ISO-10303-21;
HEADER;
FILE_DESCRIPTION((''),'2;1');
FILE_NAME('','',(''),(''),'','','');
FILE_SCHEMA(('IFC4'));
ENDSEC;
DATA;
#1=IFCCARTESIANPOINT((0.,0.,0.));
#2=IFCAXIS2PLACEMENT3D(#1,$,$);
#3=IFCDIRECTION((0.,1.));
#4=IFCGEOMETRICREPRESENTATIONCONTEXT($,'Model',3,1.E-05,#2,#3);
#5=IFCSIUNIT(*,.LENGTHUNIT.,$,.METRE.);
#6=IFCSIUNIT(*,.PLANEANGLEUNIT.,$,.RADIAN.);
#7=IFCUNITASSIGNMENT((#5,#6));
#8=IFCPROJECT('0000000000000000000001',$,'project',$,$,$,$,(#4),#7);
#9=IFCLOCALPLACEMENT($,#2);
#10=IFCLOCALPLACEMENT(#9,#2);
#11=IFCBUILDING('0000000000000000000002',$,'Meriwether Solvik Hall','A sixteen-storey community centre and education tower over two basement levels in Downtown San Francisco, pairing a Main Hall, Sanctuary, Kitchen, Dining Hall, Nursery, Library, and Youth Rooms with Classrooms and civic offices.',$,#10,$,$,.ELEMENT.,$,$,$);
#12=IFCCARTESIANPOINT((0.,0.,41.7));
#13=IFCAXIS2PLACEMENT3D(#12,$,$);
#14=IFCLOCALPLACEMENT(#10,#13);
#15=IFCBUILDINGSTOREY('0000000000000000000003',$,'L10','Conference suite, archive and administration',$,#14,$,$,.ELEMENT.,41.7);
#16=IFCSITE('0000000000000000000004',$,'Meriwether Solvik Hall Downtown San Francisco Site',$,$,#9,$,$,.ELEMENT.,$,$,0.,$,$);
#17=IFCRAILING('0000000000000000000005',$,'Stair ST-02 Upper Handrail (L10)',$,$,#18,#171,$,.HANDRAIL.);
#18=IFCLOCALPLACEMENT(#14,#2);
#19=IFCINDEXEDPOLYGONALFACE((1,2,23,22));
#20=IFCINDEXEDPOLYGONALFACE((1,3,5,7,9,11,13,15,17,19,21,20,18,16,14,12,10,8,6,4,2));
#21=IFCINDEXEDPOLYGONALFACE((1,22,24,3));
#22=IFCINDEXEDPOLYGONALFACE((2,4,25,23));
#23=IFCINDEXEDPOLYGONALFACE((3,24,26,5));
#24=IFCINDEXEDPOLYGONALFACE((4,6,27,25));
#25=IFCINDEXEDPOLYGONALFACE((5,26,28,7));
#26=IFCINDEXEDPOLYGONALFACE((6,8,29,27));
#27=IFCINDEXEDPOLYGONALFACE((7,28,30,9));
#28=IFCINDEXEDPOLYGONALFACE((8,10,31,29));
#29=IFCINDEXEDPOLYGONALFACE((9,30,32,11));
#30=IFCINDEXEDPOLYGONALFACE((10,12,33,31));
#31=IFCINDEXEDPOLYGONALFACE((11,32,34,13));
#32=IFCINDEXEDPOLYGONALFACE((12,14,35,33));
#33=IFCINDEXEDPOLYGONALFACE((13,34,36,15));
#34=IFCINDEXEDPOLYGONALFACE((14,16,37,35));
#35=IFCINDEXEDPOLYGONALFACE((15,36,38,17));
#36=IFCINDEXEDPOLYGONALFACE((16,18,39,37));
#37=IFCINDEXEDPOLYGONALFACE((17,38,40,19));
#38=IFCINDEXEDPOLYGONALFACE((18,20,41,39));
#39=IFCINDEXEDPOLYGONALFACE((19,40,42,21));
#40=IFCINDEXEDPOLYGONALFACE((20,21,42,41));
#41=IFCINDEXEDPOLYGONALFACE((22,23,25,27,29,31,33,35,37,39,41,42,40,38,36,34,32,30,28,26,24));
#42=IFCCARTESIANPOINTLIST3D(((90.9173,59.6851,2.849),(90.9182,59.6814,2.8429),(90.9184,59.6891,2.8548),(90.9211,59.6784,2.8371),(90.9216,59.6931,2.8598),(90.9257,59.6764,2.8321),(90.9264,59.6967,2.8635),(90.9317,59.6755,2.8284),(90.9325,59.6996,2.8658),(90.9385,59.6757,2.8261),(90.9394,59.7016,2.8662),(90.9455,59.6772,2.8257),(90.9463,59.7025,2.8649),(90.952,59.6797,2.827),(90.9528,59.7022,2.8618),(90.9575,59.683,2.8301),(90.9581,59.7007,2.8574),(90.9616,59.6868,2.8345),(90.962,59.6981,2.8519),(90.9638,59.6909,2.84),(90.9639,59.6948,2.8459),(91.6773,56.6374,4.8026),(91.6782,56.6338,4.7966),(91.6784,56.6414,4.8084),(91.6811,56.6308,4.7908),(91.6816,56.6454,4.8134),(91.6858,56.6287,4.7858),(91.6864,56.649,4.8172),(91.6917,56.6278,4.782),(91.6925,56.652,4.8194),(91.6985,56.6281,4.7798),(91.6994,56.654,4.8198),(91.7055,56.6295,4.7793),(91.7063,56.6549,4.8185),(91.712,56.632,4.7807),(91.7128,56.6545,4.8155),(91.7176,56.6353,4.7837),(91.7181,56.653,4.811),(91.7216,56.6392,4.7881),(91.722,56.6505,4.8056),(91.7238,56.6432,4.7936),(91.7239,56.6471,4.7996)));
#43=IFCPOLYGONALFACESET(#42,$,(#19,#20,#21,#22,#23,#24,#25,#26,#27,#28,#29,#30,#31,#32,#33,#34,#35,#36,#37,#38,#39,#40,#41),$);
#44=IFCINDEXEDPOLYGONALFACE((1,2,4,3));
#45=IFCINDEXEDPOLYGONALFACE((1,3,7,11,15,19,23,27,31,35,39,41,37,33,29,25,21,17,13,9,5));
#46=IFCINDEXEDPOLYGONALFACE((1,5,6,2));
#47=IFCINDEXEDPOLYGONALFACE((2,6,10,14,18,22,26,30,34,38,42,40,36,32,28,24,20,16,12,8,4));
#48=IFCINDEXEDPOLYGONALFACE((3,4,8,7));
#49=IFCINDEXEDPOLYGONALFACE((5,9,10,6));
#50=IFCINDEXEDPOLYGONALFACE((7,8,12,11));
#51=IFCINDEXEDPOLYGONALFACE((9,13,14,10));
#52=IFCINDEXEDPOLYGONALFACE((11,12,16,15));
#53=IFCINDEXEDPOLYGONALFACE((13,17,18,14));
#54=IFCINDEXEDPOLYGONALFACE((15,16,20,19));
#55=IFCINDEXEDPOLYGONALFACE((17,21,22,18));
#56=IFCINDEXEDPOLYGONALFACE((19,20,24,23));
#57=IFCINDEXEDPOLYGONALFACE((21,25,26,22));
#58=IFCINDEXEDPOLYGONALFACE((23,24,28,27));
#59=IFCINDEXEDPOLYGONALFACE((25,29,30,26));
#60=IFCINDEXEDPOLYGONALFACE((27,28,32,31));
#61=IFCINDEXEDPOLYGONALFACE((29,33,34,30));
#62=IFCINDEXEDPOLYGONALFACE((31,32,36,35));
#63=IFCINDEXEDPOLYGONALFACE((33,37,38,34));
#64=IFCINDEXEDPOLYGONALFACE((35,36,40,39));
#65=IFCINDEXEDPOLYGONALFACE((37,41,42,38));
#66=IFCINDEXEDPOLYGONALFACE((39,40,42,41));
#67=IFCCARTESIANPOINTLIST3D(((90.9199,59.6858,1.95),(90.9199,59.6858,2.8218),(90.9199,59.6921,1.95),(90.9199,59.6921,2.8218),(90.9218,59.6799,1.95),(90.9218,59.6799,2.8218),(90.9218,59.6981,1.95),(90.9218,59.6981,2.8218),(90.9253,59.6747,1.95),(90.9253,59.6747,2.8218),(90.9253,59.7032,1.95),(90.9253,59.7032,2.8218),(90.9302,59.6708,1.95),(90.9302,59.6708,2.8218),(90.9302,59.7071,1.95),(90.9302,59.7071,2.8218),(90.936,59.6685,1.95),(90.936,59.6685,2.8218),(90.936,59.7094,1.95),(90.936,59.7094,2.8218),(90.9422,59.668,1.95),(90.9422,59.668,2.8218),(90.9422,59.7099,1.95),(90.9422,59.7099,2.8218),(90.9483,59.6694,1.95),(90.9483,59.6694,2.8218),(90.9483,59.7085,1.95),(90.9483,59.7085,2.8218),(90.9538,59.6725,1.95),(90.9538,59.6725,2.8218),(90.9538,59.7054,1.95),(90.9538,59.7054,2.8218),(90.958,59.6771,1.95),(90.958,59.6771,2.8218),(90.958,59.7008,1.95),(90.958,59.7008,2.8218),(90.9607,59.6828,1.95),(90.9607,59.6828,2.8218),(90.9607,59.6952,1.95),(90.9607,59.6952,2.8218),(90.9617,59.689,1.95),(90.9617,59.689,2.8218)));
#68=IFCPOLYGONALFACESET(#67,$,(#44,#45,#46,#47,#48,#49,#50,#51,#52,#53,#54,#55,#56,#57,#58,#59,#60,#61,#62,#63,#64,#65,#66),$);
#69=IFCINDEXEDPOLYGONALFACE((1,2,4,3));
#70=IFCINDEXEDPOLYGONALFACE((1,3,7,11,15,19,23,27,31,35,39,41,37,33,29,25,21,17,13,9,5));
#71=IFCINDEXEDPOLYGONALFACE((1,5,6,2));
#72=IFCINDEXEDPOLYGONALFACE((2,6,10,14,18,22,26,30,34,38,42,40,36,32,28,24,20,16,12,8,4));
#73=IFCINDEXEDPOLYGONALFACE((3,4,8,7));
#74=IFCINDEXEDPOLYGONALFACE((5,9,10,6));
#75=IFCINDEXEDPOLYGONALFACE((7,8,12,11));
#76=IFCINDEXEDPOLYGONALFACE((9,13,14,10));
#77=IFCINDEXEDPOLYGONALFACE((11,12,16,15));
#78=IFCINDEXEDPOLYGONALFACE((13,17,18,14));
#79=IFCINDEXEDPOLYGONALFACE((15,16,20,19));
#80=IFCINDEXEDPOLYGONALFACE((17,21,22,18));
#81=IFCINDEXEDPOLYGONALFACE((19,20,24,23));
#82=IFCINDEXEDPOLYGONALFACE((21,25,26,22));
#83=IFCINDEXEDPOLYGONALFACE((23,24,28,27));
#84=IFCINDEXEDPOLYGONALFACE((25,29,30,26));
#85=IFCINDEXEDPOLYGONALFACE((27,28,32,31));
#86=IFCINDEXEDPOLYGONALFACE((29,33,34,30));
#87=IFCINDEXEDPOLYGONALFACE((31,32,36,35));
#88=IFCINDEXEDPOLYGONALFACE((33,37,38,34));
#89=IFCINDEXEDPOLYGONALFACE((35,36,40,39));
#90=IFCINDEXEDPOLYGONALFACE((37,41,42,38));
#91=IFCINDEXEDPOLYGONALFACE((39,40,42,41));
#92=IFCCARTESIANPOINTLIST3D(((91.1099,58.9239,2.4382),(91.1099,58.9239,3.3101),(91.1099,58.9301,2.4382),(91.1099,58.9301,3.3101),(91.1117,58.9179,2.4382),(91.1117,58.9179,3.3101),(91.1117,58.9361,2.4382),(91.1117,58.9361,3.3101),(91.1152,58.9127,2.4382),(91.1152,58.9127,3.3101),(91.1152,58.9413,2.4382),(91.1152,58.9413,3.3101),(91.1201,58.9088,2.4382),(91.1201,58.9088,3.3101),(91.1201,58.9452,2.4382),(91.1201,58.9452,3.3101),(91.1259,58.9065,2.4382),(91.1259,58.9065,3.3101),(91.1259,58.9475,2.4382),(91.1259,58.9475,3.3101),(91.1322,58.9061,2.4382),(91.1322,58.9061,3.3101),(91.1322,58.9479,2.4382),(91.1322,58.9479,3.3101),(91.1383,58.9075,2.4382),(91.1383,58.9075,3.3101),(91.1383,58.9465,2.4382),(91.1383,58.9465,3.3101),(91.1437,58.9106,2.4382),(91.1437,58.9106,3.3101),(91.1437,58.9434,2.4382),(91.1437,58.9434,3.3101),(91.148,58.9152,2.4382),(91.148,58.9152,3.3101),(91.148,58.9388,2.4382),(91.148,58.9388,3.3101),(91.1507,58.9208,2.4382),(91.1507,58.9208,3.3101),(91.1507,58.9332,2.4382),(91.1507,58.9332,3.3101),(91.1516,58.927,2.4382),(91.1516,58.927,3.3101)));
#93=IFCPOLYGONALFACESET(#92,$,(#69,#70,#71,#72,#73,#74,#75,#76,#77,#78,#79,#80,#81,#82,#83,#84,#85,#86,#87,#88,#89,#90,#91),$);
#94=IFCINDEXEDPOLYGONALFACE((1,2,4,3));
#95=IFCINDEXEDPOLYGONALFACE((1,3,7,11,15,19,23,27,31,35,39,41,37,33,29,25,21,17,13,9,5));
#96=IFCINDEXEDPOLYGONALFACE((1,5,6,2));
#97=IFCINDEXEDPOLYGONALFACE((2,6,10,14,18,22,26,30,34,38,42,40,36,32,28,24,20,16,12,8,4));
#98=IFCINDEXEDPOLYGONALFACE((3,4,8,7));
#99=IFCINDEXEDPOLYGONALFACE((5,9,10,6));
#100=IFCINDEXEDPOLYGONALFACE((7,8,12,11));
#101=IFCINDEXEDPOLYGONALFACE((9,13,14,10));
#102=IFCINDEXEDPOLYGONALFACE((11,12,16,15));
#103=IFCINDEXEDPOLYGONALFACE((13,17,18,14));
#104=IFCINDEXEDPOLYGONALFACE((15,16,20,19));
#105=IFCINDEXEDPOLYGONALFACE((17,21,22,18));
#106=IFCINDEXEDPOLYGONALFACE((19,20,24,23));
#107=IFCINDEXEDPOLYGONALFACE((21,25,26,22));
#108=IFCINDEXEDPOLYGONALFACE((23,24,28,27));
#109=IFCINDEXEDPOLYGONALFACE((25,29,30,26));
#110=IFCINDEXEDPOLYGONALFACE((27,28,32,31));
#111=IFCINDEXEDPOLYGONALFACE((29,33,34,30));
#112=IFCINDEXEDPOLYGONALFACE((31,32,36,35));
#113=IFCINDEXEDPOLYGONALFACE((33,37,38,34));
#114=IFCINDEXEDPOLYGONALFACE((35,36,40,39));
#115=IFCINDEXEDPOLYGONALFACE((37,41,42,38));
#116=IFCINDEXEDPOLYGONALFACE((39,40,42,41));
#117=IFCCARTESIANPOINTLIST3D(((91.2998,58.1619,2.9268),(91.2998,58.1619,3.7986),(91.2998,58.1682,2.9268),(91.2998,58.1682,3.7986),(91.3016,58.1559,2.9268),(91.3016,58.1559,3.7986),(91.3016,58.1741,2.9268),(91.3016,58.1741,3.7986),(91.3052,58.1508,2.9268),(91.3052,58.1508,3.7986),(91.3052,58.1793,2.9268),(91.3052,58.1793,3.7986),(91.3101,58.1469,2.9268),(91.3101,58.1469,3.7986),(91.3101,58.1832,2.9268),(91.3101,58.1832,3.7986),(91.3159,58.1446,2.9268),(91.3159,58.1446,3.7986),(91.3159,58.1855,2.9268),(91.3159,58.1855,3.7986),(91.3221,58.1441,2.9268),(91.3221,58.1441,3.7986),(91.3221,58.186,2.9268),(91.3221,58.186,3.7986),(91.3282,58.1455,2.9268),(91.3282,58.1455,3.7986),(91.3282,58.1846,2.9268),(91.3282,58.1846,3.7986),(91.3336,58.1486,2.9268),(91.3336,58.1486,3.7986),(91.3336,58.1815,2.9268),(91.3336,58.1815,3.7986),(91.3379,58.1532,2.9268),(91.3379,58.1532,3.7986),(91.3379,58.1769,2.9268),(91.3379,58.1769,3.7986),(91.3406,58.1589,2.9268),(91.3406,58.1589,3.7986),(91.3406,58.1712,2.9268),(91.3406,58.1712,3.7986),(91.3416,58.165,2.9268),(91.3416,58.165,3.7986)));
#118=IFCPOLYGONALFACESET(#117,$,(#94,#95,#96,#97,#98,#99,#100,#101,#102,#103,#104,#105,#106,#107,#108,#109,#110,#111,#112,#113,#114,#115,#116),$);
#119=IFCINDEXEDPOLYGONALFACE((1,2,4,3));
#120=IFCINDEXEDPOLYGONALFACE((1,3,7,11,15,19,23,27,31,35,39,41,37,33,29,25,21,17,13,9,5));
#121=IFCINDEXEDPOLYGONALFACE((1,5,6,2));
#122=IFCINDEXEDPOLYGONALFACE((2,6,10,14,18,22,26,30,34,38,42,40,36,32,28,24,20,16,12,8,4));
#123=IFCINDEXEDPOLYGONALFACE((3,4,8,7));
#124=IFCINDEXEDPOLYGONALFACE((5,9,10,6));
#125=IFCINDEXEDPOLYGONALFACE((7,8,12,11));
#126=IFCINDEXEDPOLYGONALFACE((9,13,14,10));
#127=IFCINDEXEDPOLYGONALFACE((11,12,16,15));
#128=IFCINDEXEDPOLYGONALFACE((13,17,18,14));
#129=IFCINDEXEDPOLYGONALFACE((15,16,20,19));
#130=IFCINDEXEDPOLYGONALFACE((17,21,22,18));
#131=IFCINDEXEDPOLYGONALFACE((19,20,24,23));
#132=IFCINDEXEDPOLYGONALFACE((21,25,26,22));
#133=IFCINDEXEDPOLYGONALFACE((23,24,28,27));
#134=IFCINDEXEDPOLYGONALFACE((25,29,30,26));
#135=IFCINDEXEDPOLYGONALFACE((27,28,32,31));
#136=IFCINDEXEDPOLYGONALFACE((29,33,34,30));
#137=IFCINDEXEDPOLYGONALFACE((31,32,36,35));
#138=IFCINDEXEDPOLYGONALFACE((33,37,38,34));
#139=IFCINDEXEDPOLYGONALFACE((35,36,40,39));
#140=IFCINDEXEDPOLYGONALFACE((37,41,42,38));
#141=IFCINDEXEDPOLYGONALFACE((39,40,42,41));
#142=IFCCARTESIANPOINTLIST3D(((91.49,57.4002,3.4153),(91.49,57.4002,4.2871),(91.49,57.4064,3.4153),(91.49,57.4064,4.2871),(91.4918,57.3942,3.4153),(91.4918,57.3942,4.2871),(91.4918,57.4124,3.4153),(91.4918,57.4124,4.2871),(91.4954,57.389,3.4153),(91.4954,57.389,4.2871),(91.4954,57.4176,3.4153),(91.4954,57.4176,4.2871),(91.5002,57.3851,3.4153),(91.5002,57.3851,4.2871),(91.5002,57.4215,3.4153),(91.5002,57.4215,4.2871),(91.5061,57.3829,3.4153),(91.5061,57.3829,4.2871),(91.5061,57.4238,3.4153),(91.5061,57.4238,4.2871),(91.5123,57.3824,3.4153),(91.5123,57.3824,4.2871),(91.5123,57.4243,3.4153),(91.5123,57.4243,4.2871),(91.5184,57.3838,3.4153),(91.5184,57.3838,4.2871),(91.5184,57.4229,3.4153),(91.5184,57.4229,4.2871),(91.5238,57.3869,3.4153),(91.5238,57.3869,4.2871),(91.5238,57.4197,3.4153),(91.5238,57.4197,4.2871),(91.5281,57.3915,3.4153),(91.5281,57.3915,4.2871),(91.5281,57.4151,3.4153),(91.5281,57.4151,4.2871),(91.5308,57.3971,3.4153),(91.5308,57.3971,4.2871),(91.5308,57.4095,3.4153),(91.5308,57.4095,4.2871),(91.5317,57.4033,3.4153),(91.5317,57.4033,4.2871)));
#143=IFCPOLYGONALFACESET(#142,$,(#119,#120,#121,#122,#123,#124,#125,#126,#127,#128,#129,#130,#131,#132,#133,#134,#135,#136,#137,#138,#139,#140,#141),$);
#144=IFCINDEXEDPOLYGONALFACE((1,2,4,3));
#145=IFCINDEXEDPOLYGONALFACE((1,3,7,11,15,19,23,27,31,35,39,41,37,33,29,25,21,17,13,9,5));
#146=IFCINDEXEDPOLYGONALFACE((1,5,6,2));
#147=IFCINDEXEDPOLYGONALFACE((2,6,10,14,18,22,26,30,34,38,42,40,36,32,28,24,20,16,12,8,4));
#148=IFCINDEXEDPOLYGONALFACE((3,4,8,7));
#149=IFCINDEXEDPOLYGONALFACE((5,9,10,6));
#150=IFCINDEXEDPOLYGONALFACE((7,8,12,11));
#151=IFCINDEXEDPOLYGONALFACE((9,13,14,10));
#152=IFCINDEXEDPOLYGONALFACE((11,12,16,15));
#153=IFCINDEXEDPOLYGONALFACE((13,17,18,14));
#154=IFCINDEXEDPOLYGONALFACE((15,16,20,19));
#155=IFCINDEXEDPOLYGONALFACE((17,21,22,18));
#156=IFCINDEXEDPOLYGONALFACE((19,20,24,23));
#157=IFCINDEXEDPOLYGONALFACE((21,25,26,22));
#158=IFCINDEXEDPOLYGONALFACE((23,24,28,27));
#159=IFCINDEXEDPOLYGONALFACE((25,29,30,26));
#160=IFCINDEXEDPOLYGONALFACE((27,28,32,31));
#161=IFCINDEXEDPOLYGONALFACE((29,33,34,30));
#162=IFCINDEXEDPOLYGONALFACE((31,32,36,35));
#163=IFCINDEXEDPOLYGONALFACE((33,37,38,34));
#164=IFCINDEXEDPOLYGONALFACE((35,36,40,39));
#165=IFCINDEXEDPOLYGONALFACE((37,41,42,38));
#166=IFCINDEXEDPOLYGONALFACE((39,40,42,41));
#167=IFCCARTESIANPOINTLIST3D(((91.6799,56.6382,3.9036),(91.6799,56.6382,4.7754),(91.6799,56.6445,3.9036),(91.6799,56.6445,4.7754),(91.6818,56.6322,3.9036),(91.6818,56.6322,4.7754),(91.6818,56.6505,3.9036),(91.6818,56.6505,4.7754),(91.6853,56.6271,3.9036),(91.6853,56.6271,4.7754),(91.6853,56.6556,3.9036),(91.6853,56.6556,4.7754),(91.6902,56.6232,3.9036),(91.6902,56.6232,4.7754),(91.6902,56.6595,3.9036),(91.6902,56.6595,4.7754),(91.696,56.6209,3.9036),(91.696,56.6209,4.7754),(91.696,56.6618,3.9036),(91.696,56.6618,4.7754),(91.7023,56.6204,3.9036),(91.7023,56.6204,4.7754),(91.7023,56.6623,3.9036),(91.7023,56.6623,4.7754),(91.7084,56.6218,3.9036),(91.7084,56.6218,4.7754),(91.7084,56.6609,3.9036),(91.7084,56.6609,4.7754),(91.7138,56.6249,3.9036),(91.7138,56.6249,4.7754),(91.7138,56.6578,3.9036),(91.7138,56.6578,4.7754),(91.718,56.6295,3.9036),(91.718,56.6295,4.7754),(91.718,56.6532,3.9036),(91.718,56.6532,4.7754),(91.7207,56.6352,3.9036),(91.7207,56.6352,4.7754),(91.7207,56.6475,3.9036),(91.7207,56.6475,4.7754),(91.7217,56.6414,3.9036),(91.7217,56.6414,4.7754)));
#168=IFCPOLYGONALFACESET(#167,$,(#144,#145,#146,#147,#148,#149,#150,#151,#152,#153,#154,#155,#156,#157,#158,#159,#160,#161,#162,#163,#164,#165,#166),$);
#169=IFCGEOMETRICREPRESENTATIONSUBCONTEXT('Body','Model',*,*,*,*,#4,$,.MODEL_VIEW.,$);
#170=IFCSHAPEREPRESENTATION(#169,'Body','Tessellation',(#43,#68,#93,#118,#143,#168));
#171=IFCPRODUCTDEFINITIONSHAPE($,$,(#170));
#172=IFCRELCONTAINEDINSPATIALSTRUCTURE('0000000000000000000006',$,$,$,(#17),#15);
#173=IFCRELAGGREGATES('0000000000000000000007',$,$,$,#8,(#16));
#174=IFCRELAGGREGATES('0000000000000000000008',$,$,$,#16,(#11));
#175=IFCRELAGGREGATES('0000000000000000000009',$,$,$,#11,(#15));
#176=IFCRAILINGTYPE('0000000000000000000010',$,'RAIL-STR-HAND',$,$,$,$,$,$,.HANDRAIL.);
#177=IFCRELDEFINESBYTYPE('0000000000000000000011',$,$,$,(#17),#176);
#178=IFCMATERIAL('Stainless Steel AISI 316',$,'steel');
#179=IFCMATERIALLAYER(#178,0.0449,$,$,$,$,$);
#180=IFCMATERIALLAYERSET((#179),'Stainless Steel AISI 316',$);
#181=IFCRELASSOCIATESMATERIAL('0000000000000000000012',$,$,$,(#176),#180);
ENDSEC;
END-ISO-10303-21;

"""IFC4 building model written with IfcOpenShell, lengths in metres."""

from ifc_helpers import new_model, si_unit, direction, frame, origin, origin_2d, place, context, subcontext, project, spatial, circle, extrude, material, layer, layer_set, type_object, element, save


model = new_model("IFC4")

# Units and contexts
model_context = context("Model", 3, precision=1e-05, world=origin(), true_north=direction((0.0, 1.0)))
body_context = subcontext(model_context, "Body", "Model", "MODEL_VIEW")
ifc_project = project(units=[si_unit("LENGTHUNIT", "METRE"), si_unit("PLANEANGLEUNIT", "RADIAN")], contexts=[model_context])

# Site, building, storey
site_placement = place(None, origin())
site = spatial("IfcSite", under=ifc_project, at=site_placement, Name="Meriwether Solvik Hall Downtown San Francisco Site", CompositionType="ELEMENT", RefElevation=0.0)
building_placement = place(site_placement, origin())
building = spatial("IfcBuilding", under=site, at=building_placement, Name="Meriwether Solvik Hall", Description="A sixteen-storey community centre and education tower over two basement levels in Downtown San Francisco, pairing a Main Hall, Sanctuary, Kitchen, Dining Hall, Nursery, Library, and Youth Rooms with Classrooms and civic offices.", CompositionType="ELEMENT")
storey_placement = place(building_placement, frame((0.0, 0.0, 41.7)))
storey = spatial("IfcBuildingStorey", under=building, at=storey_placement, Name="L10", Description="Conference suite, archive and administration", CompositionType="ELEMENT", Elevation=41.7)

# Railing
ifc_material_1 = material(Name="Stainless Steel AISI 316", Category="steel")
ifc_layer_1 = layer(ifc_material_1, 0.0449)
ifc_layer_set_1 = layer_set([ifc_layer_1], Name="Stainless Steel AISI 316")
railing_type_1 = type_object("IfcRailingType", Name="RAIL-STR-HAND", PredefinedType="HANDRAIL", material=ifc_layer_set_1)
railing_1_placement = place(storey_placement, frame((90.9407, 59.689, 1.95)))
element("IfcRailing", 1, at=railing_1_placement, inside=storey, type_object=railing_type_1, Name="Stair ST-02 Upper Handrail (L10)", PredefinedType="HANDRAIL", context=body_context, shape_type="SweptSolid", body=[
    extrude(circle(Radius=0.0239, at=origin_2d()), frame((0.0, 0.0, 0.896), z_axis=(0.205467, -0.823915, 0.528155), x_axis=(0.970284, 0.241969, 0.0)), (0.0, 0.0, 1.0), 3.699),
    extrude(circle(Radius=0.021, at=origin_2d()), origin(), (0.0, 0.0, 1.0), 0.8718),
    extrude(circle(Radius=0.021, at=origin_2d()), frame((0.1899, -0.762, 0.4883)), (0.0, 0.0, 1.0), 0.8718),
    extrude(circle(Radius=0.021, at=origin_2d()), frame((0.3799, -1.5239, 0.9768)), (0.0, 0.0, 1.0), 0.8718),
    extrude(circle(Radius=0.021, at=origin_2d()), frame((0.5701, -2.2856, 1.4653)), (0.0, 0.0, 1.0), 0.8718),
    extrude(circle(Radius=0.021, at=origin_2d()), frame((0.76, -3.0476, 1.9536)), (0.0, 0.0, 1.0), 0.8718),
])

save(model, "model.ifc")
